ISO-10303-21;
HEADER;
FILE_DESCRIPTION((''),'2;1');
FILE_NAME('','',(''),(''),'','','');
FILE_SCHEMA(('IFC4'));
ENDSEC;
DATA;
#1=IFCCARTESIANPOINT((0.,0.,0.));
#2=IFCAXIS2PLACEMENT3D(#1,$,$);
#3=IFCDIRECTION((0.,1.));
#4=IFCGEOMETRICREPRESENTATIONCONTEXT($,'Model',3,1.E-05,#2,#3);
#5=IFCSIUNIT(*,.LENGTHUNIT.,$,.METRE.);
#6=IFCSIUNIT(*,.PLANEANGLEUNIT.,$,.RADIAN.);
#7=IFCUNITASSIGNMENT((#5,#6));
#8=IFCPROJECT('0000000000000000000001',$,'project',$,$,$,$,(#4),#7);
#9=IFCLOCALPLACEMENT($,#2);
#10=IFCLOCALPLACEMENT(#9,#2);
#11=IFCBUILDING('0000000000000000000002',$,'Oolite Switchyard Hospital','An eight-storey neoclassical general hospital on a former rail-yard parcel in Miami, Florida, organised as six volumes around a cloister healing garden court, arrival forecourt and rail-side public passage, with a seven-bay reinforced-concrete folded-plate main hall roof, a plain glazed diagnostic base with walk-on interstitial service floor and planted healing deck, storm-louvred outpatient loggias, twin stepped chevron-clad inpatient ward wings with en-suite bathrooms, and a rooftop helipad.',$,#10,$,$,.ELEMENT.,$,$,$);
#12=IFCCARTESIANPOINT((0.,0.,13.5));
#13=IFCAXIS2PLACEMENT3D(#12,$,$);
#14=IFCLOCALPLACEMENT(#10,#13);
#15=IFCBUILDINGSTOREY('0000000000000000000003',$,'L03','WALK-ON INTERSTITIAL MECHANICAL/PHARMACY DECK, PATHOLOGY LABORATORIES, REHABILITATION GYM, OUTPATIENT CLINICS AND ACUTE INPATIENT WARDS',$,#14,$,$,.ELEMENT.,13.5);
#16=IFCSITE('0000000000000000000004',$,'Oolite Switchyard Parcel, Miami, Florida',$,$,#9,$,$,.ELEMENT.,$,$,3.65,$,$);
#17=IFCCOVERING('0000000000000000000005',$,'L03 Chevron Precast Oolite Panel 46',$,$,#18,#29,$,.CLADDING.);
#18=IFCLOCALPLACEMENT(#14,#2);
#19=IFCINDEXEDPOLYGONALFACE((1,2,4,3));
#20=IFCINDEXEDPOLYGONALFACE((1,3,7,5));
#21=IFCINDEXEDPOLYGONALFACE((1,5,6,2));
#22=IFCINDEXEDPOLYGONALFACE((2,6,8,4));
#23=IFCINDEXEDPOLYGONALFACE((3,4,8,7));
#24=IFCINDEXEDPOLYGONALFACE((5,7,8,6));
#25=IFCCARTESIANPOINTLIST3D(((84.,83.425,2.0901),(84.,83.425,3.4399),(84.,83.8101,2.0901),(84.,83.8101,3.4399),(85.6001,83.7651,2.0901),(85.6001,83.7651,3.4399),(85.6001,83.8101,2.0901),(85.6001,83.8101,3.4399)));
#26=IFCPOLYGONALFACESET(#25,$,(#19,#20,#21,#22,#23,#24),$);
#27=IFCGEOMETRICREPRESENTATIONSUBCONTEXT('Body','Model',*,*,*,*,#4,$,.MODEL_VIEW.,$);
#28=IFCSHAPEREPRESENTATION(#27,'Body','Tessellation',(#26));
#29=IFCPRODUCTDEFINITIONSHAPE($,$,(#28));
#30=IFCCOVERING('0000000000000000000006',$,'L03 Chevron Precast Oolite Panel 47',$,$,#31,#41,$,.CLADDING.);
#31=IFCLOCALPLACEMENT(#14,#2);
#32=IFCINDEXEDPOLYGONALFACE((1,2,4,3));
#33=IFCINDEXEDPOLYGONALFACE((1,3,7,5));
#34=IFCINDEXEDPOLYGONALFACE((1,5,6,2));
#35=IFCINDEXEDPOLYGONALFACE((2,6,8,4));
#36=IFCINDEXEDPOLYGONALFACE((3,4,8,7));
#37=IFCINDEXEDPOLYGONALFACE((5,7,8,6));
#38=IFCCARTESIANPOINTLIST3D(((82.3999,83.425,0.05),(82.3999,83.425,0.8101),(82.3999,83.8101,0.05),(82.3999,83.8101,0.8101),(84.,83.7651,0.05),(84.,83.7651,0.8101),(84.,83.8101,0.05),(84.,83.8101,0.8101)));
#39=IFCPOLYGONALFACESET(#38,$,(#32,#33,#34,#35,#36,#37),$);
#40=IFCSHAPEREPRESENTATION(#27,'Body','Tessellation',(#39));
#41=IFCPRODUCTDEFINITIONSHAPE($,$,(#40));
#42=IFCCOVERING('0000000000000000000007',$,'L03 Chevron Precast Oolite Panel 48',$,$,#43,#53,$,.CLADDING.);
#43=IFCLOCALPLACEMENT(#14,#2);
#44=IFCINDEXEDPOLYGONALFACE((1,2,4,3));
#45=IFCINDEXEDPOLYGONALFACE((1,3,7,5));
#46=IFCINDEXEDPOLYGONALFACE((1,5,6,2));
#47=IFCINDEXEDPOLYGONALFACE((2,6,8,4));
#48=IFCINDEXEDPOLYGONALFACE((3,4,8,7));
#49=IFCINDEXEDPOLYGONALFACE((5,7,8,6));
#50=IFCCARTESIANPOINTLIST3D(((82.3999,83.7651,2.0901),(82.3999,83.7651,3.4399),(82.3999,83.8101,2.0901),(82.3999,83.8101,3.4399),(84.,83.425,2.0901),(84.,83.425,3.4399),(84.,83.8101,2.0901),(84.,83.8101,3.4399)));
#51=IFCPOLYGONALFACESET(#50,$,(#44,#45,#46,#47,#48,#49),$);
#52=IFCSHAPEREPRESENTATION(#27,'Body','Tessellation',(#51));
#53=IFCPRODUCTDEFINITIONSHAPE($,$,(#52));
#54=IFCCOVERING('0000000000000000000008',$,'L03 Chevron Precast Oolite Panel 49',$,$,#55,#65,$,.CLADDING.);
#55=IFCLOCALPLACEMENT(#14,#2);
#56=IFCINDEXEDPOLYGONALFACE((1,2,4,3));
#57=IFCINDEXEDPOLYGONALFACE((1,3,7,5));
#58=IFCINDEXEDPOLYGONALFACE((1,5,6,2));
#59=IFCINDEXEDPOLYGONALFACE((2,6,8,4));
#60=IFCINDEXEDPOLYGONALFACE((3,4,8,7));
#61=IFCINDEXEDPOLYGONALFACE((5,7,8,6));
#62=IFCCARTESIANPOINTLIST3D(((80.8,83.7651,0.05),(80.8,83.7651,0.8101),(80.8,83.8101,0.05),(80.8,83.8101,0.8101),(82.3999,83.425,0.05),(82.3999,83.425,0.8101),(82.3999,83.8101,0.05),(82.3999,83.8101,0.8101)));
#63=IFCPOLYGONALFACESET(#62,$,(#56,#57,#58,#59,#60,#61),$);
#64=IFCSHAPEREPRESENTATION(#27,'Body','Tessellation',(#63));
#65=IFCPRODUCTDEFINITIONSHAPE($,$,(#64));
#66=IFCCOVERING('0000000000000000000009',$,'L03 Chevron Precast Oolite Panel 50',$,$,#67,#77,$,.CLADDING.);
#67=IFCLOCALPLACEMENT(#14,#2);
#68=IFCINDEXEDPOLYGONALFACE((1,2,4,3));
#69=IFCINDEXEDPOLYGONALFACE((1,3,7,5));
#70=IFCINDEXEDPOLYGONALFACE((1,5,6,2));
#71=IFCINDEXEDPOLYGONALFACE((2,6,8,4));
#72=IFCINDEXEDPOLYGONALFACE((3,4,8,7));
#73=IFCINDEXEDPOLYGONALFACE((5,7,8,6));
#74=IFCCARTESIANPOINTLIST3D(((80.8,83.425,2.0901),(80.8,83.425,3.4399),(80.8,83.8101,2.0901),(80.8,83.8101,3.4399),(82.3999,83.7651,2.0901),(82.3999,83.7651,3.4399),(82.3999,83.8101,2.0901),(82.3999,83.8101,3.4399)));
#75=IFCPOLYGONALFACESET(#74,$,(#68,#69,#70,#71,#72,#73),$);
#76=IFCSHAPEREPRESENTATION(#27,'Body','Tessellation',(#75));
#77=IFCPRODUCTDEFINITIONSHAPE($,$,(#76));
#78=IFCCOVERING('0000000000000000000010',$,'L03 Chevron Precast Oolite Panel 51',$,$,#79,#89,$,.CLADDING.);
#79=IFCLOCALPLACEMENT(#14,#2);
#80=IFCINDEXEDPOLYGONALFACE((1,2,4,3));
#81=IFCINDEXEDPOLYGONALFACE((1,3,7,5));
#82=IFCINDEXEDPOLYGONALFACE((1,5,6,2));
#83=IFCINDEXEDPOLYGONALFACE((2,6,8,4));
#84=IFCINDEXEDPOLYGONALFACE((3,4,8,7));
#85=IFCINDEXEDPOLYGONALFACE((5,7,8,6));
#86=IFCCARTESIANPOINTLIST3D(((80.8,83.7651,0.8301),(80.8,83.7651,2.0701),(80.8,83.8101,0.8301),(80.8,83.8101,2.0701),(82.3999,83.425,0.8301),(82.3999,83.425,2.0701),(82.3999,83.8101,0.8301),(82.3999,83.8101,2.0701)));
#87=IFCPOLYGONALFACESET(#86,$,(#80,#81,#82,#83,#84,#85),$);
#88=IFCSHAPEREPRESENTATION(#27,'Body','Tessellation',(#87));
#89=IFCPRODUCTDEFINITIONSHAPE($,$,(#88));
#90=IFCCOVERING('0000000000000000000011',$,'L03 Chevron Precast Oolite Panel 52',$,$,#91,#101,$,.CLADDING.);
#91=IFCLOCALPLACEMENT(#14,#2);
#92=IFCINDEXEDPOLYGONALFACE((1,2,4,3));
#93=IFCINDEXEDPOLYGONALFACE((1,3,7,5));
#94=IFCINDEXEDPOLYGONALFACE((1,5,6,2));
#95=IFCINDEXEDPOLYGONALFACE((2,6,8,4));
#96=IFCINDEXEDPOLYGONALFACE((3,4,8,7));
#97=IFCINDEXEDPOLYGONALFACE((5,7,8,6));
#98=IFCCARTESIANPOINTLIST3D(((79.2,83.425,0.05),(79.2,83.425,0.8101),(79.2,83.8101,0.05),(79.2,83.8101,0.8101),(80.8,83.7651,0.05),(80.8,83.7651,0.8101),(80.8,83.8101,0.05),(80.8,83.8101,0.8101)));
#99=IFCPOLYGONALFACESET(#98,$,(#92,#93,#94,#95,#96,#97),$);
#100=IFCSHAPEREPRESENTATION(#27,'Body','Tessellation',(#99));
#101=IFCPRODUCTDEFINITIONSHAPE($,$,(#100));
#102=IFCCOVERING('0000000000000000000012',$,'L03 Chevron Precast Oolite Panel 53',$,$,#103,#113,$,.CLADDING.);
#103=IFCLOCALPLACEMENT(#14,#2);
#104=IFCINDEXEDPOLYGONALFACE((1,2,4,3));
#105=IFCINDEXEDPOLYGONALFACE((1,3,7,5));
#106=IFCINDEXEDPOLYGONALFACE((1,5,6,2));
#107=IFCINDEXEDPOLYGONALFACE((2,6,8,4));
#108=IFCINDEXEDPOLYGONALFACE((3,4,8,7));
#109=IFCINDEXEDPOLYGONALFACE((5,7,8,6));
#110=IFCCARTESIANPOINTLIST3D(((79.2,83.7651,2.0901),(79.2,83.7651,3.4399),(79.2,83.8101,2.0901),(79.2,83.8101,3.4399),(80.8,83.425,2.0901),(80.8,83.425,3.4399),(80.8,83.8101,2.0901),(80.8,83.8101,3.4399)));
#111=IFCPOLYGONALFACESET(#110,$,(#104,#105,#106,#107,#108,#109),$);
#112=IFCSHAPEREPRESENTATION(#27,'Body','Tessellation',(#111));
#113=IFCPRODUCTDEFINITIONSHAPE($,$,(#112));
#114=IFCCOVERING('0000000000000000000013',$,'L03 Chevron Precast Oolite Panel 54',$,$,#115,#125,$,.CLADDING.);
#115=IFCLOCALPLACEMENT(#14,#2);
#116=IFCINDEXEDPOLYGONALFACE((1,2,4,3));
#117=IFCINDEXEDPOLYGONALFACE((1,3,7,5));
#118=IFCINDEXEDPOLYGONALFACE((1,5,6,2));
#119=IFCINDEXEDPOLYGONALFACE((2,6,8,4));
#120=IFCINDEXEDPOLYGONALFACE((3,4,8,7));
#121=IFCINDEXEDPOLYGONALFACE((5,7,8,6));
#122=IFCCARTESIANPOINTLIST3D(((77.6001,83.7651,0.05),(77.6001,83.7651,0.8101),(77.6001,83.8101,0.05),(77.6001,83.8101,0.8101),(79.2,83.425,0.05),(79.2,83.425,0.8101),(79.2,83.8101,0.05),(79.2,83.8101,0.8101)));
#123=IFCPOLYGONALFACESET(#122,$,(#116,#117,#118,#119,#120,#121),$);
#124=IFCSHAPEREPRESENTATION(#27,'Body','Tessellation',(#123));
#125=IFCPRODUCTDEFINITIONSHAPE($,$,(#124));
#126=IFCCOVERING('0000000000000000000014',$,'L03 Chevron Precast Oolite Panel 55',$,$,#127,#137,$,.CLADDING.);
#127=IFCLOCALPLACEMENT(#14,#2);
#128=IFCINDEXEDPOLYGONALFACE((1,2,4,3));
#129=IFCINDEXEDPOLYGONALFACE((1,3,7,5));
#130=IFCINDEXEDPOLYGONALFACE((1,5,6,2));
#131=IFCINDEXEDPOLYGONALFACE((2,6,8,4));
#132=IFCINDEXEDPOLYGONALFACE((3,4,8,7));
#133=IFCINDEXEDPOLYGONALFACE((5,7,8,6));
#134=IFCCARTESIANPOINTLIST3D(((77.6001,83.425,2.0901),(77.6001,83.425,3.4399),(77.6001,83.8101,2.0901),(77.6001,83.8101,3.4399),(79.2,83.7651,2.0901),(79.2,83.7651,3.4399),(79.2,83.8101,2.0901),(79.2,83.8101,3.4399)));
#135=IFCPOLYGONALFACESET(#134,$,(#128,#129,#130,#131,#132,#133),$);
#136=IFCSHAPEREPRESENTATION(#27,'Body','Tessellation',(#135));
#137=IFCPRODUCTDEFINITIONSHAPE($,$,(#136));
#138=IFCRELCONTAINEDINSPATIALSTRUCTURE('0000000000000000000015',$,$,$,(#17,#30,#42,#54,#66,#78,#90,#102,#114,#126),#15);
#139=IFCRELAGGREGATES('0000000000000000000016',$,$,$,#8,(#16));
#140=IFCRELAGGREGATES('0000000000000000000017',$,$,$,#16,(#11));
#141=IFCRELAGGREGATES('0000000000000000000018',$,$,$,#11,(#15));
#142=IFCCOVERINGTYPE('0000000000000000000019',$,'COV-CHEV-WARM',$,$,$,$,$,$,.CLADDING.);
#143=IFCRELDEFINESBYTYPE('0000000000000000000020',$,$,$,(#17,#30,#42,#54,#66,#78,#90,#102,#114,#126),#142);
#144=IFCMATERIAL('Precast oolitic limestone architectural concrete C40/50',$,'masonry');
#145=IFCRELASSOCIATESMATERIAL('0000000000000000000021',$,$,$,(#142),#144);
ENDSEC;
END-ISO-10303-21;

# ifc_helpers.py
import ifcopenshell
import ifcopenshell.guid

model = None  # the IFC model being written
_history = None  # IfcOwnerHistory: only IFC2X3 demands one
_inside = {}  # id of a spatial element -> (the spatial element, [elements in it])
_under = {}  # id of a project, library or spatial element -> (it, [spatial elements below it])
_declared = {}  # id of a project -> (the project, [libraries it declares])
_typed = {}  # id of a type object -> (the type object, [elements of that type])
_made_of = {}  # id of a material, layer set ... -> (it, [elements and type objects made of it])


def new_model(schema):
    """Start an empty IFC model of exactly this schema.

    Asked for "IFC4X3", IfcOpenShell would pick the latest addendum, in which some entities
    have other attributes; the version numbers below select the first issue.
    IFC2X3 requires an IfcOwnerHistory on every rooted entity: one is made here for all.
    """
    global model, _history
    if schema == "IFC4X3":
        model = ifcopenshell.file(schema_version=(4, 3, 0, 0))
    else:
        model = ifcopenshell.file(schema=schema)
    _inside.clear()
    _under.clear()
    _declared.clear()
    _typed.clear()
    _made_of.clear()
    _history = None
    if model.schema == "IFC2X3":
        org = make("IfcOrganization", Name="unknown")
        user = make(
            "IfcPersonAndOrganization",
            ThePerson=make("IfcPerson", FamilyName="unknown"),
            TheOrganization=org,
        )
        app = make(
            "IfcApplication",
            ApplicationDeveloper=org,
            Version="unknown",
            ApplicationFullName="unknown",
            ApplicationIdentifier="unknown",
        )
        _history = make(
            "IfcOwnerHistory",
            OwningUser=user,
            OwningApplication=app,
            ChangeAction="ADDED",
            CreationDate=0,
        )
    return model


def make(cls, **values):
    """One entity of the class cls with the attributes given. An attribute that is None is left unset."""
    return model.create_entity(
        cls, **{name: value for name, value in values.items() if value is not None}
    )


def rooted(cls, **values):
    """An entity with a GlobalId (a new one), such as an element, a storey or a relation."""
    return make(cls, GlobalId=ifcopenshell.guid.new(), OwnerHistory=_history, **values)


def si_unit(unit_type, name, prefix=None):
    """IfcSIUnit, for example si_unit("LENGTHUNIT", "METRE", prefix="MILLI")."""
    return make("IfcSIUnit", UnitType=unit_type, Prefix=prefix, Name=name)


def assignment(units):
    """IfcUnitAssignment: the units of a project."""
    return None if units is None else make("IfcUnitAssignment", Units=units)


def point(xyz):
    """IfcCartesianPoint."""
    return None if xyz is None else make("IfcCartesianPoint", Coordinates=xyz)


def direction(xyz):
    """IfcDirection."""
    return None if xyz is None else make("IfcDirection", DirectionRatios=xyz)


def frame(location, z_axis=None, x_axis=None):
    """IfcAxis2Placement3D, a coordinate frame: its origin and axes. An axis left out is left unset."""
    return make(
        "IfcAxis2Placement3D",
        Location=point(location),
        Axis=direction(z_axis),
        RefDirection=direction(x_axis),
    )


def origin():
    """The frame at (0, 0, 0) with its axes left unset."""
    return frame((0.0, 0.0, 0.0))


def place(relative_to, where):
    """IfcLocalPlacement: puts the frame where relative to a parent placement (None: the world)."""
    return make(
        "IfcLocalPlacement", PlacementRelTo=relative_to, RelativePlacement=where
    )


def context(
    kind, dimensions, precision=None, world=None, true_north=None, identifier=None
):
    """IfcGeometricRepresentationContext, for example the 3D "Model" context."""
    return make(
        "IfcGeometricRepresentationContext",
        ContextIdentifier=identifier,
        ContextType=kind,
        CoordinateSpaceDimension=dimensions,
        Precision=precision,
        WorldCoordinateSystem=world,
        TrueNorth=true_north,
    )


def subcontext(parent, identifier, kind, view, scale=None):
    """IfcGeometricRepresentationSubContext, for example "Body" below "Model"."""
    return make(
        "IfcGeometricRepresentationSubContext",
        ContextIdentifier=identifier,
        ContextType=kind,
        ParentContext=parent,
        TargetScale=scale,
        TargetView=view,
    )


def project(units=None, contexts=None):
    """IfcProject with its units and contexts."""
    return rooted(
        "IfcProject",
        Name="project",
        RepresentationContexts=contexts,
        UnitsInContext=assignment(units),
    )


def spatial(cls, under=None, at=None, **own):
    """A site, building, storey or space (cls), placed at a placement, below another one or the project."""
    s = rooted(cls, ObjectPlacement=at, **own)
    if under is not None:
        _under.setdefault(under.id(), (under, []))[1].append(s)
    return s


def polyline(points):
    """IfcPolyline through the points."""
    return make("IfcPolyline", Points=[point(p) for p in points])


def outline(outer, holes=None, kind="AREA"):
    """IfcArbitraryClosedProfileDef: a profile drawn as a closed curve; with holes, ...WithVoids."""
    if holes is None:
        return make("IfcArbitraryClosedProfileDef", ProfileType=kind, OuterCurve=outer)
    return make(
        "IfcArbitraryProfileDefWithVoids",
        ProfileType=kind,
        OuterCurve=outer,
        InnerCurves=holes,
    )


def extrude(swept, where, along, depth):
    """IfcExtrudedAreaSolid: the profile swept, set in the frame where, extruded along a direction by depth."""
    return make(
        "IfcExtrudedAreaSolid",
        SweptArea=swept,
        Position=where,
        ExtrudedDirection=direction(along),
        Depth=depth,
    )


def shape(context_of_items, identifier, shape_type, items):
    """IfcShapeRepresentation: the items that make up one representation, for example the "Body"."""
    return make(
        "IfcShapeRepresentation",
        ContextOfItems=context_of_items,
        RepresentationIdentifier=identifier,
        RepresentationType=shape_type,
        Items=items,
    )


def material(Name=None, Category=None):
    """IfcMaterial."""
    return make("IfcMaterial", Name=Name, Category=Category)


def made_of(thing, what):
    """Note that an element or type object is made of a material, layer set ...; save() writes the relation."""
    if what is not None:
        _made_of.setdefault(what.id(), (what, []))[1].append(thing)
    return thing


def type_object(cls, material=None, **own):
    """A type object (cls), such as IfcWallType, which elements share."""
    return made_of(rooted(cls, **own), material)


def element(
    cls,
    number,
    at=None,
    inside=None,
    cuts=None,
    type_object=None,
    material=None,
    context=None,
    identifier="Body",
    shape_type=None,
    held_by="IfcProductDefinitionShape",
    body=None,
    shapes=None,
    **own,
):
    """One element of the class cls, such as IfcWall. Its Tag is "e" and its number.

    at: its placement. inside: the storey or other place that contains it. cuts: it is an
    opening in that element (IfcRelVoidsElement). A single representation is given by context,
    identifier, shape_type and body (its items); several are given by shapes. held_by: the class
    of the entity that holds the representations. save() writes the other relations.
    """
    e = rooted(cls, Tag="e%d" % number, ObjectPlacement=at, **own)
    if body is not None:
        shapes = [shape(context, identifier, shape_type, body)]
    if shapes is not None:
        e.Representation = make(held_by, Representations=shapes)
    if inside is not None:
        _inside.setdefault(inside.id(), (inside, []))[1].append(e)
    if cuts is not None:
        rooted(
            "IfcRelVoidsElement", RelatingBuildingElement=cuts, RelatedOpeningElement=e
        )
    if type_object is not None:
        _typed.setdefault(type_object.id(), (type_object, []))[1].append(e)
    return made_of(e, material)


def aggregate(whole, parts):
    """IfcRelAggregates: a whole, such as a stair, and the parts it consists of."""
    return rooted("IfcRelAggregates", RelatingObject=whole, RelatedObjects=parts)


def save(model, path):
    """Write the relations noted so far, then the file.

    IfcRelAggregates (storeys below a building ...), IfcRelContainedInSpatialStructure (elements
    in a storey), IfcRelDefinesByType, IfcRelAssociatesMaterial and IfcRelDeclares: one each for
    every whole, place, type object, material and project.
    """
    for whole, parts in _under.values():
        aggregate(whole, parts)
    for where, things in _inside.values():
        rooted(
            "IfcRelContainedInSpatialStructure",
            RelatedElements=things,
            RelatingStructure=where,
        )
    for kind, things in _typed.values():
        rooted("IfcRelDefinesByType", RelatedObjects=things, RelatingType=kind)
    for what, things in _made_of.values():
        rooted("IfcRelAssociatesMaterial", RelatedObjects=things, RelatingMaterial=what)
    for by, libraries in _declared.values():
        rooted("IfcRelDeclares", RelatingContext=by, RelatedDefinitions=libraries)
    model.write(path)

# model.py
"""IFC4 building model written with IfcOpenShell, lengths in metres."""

from ifc_helpers import new_model, si_unit, direction, frame, origin, place, context, subcontext, project, spatial, polyline, outline, extrude, material, type_object, element, save


model = new_model("IFC4")

# Units and contexts
model_context = context("Model", 3, precision=1e-05, world=origin(), true_north=direction((0.0, 1.0)))
body_context = subcontext(model_context, "Body", "Model", "MODEL_VIEW")
ifc_project = project(units=[si_unit("LENGTHUNIT", "METRE"), si_unit("PLANEANGLEUNIT", "RADIAN")], contexts=[model_context])

# Site, building, storey
site_placement = place(None, origin())
site = spatial("IfcSite", under=ifc_project, at=site_placement, Name="Oolite Switchyard Parcel, Miami, Florida", CompositionType="ELEMENT", RefElevation=3.65)
building_placement = place(site_placement, origin())
building = spatial("IfcBuilding", under=site, at=building_placement, Name="Oolite Switchyard Hospital", Description="An eight-storey neoclassical general hospital on a former rail-yard parcel in Miami, Florida, organised as six volumes around a cloister healing garden court, arrival forecourt and rail-side public passage, with a seven-bay reinforced-concrete folded-plate main hall roof, a plain glazed diagnostic base with walk-on interstitial service floor and planted healing deck, storm-louvred outpatient loggias, twin stepped chevron-clad inpatient ward wings with en-suite bathrooms, and a rooftop helipad.", CompositionType="ELEMENT")
storey_placement = place(building_placement, frame((0.0, 0.0, 13.5)))
storey = spatial("IfcBuildingStorey", under=building, at=storey_placement, Name="L03", Description="WALK-ON INTERSTITIAL MECHANICAL/PHARMACY DECK, PATHOLOGY LABORATORIES, REHABILITATION GYM, OUTPATIENT CLINICS AND ACUTE INPATIENT WARDS", CompositionType="ELEMENT", Elevation=13.5)

# Shared definitions
ifc_material_1 = material(Name="Precast oolitic limestone architectural concrete C40/50", Category="masonry")

# Coverings
covering_type = type_object("IfcCoveringType", Name="COV-CHEV-WARM", PredefinedType="CLADDING", material=ifc_material_1)
covering_1_placement = place(storey_placement, frame((85.6001, 83.8101, 2.0901), z_axis=(0.0, 0.0, 1.0), x_axis=(-1.0, 0.0, 0.0)))
element("IfcCovering", 1, at=covering_1_placement, inside=storey, type_object=covering_type, Name="L03 Chevron Precast Oolite Panel 46", PredefinedType="CLADDING", context=body_context, shape_type="SweptSolid", body=[
    extrude(outline(polyline([(0.0, 0.0), (1.6001, 0.0), (1.6001, 0.385), (0.0, 0.0449), (0.0, 0.0)])), origin(), (0.0, 0.0, 1.0), 1.3499),
])
covering_2_placement = place(storey_placement, frame((84.0, 83.8101, 0.05), z_axis=(0.0, 0.0, 1.0), x_axis=(-1.0, 0.0, 0.0)))
element("IfcCovering", 2, at=covering_2_placement, inside=storey, type_object=covering_type, Name="L03 Chevron Precast Oolite Panel 47", PredefinedType="CLADDING", context=body_context, shape_type="SweptSolid", body=[
    extrude(outline(polyline([(0.0, 0.0), (1.6001, 0.0), (1.6001, 0.385), (0.0, 0.0449), (0.0, 0.0)])), origin(), (0.0, 0.0, 1.0), 0.76),
])
covering_3_placement = place(storey_placement, frame((84.0, 83.8101, 2.0901), z_axis=(0.0, 0.0, 1.0), x_axis=(-1.0, 0.0, 0.0)))
element("IfcCovering", 3, at=covering_3_placement, inside=storey, type_object=covering_type, Name="L03 Chevron Precast Oolite Panel 48", PredefinedType="CLADDING", context=body_context, shape_type="SweptSolid", body=[
    extrude(outline(polyline([(0.0, 0.0), (1.6001, 0.0), (1.6001, 0.0449), (0.0, 0.385), (0.0, 0.0)])), origin(), (0.0, 0.0, 1.0), 1.3499),
])
covering_4_placement = place(storey_placement, frame((82.3999, 83.8101, 0.05), z_axis=(0.0, 0.0, 1.0), x_axis=(-1.0, 0.0, 0.0)))
element("IfcCovering", 4, at=covering_4_placement, inside=storey, type_object=covering_type, Name="L03 Chevron Precast Oolite Panel 49", PredefinedType="CLADDING", context=body_context, shape_type="SweptSolid", body=[
    extrude(outline(polyline([(0.0, 0.0), (1.5999, 0.0), (1.5999, 0.0449), (0.0, 0.385), (0.0, 0.0)])), origin(), (0.0, 0.0, 1.0), 0.76),
])
covering_5_placement = place(storey_placement, frame((82.3999, 83.8101, 2.0901), z_axis=(0.0, 0.0, 1.0), x_axis=(-1.0, 0.0, 0.0)))
element("IfcCovering", 5, at=covering_5_placement, inside=storey, type_object=covering_type, Name="L03 Chevron Precast Oolite Panel 50", PredefinedType="CLADDING", context=body_context, shape_type="SweptSolid", body=[
    extrude(outline(polyline([(0.0, 0.0), (1.5999, 0.0), (1.5999, 0.385), (0.0, 0.0449), (0.0, 0.0)])), origin(), (0.0, 0.0, 1.0), 1.3499),
])
covering_6_placement = place(storey_placement, frame((82.3999, 83.8101, 0.8301), z_axis=(0.0, 0.0, 1.0), x_axis=(-1.0, 0.0, 0.0)))
element("IfcCovering", 6, at=covering_6_placement, inside=storey, type_object=covering_type, Name="L03 Chevron Precast Oolite Panel 51", PredefinedType="CLADDING", context=body_context, shape_type="SweptSolid", body=[
    extrude(outline(polyline([(0.0, 0.0), (1.5999, 0.0), (1.5999, 0.0449), (0.0, 0.385), (0.0, 0.0)])), origin(), (0.0, 0.0, 1.0), 1.24),
])
covering_7_placement = place(storey_placement, frame((80.8, 83.8101, 0.05), z_axis=(0.0, 0.0, 1.0), x_axis=(-1.0, 0.0, 0.0)))
element("IfcCovering", 7, at=covering_7_placement, inside=storey, type_object=covering_type, Name="L03 Chevron Precast Oolite Panel 52", PredefinedType="CLADDING", context=body_context, shape_type="SweptSolid", body=[
    extrude(outline(polyline([(0.0, 0.0), (1.6001, 0.0), (1.6001, 0.385), (0.0, 0.0449), (0.0, 0.0)])), origin(), (0.0, 0.0, 1.0), 0.76),
])
covering_8_placement = place(storey_placement, frame((80.8, 83.8101, 2.0901), z_axis=(0.0, 0.0, 1.0), x_axis=(-1.0, 0.0, 0.0)))
element("IfcCovering", 8, at=covering_8_placement, inside=storey, type_object=covering_type, Name="L03 Chevron Precast Oolite Panel 53", PredefinedType="CLADDING", context=body_context, shape_type="SweptSolid", body=[
    extrude(outline(polyline([(0.0, 0.0), (1.6001, 0.0), (1.6001, 0.0449), (0.0, 0.385), (0.0, 0.0)])), origin(), (0.0, 0.0, 1.0), 1.3499),
])
covering_9_placement = place(storey_placement, frame((79.2, 83.8101, 0.05), z_axis=(0.0, 0.0, 1.0), x_axis=(-1.0, 0.0, 0.0)))
element("IfcCovering", 9, at=covering_9_placement, inside=storey, type_object=covering_type, Name="L03 Chevron Precast Oolite Panel 54", PredefinedType="CLADDING", context=body_context, shape_type="SweptSolid", body=[
    extrude(outline(polyline([(0.0, 0.0), (1.5999, 0.0), (1.5999, 0.0449), (0.0, 0.385), (0.0, 0.0)])), origin(), (0.0, 0.0, 1.0), 0.76),
])
covering_10_placement = place(storey_placement, frame((79.2, 83.8101, 2.0901), z_axis=(0.0, 0.0, 1.0), x_axis=(-1.0, 0.0, 0.0)))
element("IfcCovering", 10, at=covering_10_placement, inside=storey, type_object=covering_type, Name="L03 Chevron Precast Oolite Panel 55", PredefinedType="CLADDING", context=body_context, shape_type="SweptSolid", body=[
    extrude(outline(polyline([(0.0, 0.0), (1.5999, 0.0), (1.5999, 0.385), (0.0, 0.0449), (0.0, 0.0)])), origin(), (0.0, 0.0, 1.0), 1.3499),
])

save(model, "model.ifc")
